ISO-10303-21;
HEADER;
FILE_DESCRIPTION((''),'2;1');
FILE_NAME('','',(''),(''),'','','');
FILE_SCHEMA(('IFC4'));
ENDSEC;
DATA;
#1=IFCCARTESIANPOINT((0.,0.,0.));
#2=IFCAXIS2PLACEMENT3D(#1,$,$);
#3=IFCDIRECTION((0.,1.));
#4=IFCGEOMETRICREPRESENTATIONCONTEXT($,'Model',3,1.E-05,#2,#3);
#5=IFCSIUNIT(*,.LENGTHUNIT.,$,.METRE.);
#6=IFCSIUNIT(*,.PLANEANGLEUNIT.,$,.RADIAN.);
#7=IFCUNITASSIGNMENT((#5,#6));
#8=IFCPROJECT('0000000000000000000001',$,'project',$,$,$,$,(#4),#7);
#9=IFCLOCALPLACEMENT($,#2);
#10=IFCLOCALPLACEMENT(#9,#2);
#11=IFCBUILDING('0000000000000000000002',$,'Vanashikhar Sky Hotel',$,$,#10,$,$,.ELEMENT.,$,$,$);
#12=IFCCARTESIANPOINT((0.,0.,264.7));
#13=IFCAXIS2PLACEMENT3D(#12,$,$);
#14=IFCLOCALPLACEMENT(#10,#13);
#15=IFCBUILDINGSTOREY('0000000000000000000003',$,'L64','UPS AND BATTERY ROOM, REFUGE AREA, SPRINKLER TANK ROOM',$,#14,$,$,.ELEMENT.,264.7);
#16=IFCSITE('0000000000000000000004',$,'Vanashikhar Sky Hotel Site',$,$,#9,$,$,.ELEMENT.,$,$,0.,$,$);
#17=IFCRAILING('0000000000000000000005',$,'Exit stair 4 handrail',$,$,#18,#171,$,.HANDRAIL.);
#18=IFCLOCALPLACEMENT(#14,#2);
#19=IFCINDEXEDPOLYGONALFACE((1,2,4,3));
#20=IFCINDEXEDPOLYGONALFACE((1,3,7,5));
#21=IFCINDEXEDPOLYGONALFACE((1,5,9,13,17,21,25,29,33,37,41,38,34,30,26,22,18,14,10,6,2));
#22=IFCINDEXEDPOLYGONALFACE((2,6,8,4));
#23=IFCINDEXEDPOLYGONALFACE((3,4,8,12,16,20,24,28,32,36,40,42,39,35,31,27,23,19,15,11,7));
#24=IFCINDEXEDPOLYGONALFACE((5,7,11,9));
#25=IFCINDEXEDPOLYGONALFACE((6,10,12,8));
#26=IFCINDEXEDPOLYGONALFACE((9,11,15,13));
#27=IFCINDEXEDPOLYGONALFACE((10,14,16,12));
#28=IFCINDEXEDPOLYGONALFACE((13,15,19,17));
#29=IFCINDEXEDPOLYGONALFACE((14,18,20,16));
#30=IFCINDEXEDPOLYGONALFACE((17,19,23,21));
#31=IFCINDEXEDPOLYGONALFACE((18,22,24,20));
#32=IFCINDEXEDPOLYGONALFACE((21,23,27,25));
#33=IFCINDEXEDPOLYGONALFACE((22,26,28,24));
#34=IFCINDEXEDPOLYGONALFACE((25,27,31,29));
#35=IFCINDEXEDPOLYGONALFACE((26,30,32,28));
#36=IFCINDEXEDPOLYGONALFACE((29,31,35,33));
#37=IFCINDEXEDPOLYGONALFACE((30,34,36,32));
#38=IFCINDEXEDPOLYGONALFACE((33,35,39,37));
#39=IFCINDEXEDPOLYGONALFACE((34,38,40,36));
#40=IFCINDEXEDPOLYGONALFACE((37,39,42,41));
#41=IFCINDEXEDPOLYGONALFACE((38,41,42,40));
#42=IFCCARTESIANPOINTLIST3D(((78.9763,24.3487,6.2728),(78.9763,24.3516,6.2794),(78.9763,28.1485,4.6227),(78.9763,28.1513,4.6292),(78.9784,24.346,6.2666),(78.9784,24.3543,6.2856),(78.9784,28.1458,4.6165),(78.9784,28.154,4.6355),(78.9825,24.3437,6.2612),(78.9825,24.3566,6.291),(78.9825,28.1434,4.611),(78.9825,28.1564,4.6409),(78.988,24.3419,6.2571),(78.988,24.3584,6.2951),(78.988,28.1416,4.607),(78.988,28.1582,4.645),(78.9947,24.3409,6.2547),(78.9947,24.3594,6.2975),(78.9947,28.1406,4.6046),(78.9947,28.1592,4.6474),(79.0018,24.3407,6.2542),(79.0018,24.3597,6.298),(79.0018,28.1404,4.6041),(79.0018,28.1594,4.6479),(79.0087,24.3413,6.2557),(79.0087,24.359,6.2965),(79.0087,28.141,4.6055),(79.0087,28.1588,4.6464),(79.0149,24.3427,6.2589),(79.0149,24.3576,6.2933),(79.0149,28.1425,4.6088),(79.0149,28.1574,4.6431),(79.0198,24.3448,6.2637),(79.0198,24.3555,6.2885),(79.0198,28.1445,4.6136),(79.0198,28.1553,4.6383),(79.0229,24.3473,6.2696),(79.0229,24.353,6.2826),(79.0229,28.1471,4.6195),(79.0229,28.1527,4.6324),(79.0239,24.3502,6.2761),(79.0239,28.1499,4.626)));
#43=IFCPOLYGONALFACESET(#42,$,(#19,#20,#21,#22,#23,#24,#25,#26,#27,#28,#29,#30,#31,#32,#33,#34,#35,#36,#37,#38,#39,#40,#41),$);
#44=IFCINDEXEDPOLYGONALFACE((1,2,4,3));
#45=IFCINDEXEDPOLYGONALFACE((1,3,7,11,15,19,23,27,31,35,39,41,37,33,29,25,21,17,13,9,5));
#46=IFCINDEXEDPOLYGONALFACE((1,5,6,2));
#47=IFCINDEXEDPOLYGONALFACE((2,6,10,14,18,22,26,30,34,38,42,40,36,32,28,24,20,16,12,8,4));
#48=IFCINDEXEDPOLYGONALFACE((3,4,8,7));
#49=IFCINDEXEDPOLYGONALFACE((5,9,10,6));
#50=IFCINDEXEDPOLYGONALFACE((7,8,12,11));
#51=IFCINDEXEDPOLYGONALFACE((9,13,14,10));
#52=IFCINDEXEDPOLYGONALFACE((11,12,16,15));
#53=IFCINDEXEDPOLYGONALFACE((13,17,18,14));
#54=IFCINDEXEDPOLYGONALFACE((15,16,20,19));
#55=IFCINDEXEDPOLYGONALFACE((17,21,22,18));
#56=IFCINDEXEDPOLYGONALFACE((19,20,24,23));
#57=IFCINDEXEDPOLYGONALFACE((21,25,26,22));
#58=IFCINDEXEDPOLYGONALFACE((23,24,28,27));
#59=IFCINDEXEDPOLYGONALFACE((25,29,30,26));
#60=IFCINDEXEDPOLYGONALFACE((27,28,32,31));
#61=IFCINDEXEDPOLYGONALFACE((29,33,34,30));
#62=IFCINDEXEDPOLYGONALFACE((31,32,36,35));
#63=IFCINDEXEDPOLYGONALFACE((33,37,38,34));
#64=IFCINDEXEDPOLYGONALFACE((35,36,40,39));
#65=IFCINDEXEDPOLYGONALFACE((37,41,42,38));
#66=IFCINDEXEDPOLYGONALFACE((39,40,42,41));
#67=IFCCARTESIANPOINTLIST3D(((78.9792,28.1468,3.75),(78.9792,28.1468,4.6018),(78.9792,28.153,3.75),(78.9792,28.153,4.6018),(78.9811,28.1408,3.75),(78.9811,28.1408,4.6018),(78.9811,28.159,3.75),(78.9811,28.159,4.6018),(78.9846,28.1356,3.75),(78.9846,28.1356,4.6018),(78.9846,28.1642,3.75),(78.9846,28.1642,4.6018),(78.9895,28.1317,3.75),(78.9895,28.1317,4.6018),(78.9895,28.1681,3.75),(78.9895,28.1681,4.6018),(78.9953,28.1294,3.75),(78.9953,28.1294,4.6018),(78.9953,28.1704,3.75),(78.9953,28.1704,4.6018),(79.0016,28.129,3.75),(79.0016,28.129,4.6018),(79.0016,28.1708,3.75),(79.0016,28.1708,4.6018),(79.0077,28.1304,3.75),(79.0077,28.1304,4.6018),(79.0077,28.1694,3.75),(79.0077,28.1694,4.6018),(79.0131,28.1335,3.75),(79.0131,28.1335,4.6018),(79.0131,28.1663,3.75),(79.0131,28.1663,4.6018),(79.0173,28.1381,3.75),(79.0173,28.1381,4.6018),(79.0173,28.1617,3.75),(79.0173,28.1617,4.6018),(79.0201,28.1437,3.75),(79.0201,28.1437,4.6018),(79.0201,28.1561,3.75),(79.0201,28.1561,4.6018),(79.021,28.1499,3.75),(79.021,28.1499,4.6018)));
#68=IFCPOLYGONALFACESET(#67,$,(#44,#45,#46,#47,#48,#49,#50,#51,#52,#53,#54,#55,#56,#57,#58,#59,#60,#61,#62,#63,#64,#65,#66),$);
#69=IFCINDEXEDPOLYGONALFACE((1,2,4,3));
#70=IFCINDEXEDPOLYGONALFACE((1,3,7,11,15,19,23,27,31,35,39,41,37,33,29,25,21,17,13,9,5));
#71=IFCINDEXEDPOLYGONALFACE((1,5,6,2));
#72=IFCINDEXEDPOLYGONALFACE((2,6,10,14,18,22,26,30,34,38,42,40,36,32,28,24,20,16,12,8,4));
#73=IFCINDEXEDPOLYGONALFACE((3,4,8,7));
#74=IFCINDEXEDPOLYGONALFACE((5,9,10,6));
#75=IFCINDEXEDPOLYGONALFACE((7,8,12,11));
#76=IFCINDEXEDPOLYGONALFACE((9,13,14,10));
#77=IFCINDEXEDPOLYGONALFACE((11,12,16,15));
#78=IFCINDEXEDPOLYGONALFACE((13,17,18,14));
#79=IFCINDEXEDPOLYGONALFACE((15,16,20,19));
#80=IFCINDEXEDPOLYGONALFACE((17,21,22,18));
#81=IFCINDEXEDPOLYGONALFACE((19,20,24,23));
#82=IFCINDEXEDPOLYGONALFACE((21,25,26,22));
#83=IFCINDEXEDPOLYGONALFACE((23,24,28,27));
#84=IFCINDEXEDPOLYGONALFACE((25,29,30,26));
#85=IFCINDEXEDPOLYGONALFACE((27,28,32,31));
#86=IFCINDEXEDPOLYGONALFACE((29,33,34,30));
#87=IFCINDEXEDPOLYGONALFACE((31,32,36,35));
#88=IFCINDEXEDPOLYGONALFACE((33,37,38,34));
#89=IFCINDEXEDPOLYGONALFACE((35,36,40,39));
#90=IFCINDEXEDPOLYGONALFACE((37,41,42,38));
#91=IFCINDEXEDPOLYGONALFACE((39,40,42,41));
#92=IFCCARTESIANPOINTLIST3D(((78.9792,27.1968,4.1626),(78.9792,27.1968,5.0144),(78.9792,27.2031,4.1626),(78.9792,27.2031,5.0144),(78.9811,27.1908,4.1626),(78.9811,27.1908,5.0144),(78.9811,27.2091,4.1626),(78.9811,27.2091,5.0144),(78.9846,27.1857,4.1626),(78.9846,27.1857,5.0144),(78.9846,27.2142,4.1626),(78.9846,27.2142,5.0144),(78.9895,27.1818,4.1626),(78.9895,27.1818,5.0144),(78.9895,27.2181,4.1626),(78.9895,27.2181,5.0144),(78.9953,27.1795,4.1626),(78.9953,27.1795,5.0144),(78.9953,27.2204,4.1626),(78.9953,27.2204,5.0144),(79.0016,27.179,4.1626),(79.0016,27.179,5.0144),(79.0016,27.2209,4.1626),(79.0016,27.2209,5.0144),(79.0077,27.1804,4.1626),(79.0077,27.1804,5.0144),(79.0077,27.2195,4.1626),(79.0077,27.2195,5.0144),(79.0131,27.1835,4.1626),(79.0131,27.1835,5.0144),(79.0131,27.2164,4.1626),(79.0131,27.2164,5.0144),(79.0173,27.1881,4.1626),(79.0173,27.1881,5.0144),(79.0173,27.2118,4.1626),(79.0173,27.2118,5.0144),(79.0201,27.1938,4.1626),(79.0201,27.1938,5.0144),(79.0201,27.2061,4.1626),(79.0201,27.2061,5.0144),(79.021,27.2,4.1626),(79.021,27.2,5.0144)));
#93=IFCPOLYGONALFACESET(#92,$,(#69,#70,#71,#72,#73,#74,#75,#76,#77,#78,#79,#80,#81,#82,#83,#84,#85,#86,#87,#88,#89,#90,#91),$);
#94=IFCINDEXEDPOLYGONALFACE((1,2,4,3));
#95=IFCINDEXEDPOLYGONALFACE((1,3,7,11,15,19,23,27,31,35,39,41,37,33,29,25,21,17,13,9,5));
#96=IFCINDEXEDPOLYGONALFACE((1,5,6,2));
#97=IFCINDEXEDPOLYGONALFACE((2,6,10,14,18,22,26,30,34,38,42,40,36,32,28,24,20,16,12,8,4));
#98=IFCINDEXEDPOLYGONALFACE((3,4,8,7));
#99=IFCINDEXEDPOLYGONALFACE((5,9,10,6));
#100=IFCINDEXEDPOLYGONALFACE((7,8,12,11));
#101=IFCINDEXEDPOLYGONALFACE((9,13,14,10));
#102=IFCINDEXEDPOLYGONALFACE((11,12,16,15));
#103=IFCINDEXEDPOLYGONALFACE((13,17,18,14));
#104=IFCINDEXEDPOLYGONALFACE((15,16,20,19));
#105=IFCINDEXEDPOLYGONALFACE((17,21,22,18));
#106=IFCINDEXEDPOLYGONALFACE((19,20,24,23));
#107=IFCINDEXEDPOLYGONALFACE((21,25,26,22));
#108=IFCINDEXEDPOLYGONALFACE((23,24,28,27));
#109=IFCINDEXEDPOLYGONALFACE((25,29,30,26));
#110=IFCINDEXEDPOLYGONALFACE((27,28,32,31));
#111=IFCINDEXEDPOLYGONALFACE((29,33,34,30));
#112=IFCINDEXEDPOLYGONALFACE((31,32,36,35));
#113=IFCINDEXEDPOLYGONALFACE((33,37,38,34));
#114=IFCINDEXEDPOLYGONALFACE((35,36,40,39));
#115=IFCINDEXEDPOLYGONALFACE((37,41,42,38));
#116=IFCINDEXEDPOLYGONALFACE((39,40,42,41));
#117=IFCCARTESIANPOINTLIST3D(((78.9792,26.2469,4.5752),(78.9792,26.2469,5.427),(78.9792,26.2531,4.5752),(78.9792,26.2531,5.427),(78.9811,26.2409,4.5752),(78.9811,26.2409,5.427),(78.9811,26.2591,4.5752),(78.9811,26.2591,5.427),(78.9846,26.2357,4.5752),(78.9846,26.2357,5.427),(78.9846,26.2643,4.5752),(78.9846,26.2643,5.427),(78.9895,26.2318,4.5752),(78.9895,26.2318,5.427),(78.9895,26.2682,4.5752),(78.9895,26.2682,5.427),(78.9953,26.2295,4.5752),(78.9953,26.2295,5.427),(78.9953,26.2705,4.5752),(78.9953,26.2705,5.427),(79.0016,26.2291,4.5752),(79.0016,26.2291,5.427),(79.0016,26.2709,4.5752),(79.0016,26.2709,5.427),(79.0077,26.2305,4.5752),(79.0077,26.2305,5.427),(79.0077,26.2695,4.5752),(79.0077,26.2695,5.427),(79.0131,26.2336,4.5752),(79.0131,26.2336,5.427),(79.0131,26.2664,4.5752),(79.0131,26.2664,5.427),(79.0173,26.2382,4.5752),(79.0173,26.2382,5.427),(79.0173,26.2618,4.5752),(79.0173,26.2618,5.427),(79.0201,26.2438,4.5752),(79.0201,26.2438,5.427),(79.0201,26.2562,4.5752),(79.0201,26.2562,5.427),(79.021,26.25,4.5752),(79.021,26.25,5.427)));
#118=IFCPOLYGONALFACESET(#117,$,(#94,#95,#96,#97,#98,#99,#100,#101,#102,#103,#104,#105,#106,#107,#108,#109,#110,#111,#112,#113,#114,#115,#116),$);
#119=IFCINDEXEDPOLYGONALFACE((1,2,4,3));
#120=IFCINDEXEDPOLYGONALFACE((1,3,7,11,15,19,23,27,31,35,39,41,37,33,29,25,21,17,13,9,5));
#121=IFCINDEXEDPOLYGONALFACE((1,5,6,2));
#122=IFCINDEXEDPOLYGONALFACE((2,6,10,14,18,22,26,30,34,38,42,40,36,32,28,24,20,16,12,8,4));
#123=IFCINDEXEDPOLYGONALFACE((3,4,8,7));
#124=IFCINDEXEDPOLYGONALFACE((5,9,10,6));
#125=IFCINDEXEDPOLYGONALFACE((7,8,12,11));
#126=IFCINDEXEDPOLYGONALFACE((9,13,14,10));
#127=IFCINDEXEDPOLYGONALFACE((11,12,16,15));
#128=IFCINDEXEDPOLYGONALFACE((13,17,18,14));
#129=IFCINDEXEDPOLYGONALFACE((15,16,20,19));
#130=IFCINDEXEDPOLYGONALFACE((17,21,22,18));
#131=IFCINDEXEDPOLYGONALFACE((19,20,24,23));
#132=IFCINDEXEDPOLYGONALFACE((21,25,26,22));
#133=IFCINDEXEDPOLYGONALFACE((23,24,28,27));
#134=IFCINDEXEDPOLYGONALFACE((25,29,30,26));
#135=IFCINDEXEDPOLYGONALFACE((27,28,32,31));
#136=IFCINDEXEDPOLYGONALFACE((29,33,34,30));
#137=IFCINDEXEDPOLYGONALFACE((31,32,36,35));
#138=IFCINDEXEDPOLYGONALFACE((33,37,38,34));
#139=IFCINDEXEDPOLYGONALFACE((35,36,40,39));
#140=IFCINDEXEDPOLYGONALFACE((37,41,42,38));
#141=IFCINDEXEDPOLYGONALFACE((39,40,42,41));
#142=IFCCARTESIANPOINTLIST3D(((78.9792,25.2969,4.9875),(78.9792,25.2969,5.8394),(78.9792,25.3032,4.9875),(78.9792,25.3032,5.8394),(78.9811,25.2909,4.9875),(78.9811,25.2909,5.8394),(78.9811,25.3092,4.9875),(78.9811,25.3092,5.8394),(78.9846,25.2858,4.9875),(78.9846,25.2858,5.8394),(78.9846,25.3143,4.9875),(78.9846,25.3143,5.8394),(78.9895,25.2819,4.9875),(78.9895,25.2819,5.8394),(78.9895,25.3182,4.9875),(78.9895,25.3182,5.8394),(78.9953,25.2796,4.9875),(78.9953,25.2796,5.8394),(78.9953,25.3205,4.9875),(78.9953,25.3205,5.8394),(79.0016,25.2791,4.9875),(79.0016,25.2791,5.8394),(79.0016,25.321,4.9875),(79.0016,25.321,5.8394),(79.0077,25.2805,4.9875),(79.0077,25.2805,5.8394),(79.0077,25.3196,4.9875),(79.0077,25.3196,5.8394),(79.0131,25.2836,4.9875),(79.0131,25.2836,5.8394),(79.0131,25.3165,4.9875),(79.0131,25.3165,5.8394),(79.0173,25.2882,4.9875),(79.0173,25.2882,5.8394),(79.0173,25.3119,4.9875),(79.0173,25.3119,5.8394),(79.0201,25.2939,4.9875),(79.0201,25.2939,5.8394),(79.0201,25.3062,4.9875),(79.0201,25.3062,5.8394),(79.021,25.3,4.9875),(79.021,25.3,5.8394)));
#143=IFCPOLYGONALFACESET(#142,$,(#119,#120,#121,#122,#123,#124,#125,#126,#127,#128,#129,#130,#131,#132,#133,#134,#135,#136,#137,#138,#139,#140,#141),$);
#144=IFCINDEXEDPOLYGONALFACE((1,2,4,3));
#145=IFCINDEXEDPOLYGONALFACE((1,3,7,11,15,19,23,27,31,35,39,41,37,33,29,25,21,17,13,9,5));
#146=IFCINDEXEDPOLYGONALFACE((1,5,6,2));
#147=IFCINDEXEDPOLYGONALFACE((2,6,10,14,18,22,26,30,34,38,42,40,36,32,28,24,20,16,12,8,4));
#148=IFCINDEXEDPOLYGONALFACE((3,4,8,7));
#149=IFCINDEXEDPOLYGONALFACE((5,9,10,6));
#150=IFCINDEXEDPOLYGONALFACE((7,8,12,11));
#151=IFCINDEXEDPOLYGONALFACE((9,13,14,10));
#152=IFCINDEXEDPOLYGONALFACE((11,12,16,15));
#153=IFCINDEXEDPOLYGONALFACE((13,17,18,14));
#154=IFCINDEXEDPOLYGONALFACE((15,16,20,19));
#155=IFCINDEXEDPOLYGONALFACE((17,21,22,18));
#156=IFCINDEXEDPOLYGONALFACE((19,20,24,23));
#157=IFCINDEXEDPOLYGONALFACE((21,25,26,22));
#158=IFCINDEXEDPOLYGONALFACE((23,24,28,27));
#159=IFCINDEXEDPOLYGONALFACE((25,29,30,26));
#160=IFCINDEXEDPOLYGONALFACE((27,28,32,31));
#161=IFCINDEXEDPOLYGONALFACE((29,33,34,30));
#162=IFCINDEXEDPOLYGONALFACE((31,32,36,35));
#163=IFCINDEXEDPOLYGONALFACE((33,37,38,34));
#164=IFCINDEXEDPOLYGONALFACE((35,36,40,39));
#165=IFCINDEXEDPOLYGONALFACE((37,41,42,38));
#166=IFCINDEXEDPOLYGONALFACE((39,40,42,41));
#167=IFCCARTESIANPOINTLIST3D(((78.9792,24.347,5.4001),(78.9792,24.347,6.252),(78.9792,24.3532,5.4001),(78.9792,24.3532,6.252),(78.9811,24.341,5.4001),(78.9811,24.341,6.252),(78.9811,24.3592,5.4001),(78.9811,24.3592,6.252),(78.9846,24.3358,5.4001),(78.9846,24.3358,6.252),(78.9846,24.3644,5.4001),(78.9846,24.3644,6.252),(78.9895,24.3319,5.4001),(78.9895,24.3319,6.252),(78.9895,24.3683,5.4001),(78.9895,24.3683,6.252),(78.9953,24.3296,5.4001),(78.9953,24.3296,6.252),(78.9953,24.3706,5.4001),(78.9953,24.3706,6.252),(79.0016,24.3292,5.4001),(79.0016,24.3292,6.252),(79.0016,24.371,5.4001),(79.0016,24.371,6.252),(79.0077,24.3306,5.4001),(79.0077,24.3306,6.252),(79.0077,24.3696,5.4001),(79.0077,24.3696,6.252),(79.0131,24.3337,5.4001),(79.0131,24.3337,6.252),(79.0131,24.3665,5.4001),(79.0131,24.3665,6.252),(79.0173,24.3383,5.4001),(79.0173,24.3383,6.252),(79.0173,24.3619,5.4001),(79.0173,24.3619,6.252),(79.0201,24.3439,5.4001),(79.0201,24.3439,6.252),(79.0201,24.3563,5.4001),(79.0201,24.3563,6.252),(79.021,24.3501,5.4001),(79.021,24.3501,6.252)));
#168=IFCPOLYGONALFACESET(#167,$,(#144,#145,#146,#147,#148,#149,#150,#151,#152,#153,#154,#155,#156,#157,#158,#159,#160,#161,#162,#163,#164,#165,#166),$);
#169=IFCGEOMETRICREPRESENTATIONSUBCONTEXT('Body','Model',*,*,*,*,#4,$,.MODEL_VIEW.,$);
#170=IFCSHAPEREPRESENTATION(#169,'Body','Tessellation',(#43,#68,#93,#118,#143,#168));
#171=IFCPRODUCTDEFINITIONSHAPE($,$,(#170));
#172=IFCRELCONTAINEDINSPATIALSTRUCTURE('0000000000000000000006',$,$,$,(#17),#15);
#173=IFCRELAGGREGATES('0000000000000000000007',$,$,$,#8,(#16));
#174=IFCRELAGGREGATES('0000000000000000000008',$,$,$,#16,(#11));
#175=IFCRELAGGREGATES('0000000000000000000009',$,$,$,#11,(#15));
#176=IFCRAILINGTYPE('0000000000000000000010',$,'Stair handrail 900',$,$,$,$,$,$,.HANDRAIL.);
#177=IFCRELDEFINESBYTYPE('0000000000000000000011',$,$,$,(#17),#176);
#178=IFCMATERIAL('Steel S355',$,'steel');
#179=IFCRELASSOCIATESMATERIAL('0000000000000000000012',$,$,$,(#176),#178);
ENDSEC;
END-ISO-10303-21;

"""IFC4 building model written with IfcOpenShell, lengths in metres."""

from ifc_helpers import new_model, si_unit, direction, frame, origin, origin_2d, place, context, subcontext, project, spatial, circle, extrude, source, transform, mapped, material, type_object, element, save


model = new_model("IFC4")

# Units and contexts
model_context = context("Model", 3, precision=1e-05, world=origin(), true_north=direction((0.0, 1.0)))
body_context = subcontext(model_context, "Body", "Model", "MODEL_VIEW")
ifc_project = project(units=[si_unit("LENGTHUNIT", "METRE"), si_unit("PLANEANGLEUNIT", "RADIAN")], contexts=[model_context])

# Site, building, storey
site_placement = place(None, origin())
site = spatial("IfcSite", under=ifc_project, at=site_placement, Name="Vanashikhar Sky Hotel Site", CompositionType="ELEMENT", RefElevation=0.0)
building_placement = place(site_placement, origin())
building = spatial("IfcBuilding", under=site, at=building_placement, Name="Vanashikhar Sky Hotel", CompositionType="ELEMENT")
storey_placement = place(building_placement, frame((0.0, 0.0, 264.7)))
storey = spatial("IfcBuildingStorey", under=building, at=storey_placement, Name="L64", Description="UPS AND BATTERY ROOM, REFUGE AREA, SPRINKLER TANK ROOM", CompositionType="ELEMENT", Elevation=264.7)

# Railing
ifc_material_1 = material(Name="Steel S355", Category="steel")
railing_type_1 = type_object("IfcRailingType", Name="Stair handrail 900", PredefinedType="HANDRAIL", material=ifc_material_1)
shared_shape_1 = source(origin(), body_context, "Body", "SweptSolid", [
    extrude(circle(Radius=0.0239, at=origin_2d()), frame((0.0, 0.0, 0.876), z_axis=(0.0, -0.917241, 0.398332), x_axis=(1.0, 0.0, 0.0)), (0.0, 0.0, 1.0), 4.1426),
    extrude(circle(Radius=0.021, at=origin_2d()), origin(), (0.0, 0.0, 1.0), 0.8518),
    extrude(circle(Radius=0.021, at=origin_2d()), frame((0.0, -0.95, 0.4126)), (0.0, 0.0, 1.0), 0.8518),
    extrude(circle(Radius=0.021, at=origin_2d()), frame((0.0, -1.8999, 0.8252)), (0.0, 0.0, 1.0), 0.8518),
    extrude(circle(Radius=0.021, at=origin_2d()), frame((0.0, -2.8499, 1.2375)), (0.0, 0.0, 1.0), 0.8518),
    extrude(circle(Radius=0.021, at=origin_2d()), frame((0.0, -3.7998, 1.6501)), (0.0, 0.0, 1.0), 0.8518),
])
railing_1_placement = place(storey_placement, frame((79.0, 28.1499, 3.75)))
element("IfcRailing", 1, at=railing_1_placement, inside=storey, type_object=railing_type_1, Name="Exit stair 4 handrail", PredefinedType="HANDRAIL", context=body_context, shape_type="MappedRepresentation", body=[
    mapped(shared_shape_1, transform((0.0, 0.0, 0.0), scale=1.0)),
])

save(model, "model.ifc")
